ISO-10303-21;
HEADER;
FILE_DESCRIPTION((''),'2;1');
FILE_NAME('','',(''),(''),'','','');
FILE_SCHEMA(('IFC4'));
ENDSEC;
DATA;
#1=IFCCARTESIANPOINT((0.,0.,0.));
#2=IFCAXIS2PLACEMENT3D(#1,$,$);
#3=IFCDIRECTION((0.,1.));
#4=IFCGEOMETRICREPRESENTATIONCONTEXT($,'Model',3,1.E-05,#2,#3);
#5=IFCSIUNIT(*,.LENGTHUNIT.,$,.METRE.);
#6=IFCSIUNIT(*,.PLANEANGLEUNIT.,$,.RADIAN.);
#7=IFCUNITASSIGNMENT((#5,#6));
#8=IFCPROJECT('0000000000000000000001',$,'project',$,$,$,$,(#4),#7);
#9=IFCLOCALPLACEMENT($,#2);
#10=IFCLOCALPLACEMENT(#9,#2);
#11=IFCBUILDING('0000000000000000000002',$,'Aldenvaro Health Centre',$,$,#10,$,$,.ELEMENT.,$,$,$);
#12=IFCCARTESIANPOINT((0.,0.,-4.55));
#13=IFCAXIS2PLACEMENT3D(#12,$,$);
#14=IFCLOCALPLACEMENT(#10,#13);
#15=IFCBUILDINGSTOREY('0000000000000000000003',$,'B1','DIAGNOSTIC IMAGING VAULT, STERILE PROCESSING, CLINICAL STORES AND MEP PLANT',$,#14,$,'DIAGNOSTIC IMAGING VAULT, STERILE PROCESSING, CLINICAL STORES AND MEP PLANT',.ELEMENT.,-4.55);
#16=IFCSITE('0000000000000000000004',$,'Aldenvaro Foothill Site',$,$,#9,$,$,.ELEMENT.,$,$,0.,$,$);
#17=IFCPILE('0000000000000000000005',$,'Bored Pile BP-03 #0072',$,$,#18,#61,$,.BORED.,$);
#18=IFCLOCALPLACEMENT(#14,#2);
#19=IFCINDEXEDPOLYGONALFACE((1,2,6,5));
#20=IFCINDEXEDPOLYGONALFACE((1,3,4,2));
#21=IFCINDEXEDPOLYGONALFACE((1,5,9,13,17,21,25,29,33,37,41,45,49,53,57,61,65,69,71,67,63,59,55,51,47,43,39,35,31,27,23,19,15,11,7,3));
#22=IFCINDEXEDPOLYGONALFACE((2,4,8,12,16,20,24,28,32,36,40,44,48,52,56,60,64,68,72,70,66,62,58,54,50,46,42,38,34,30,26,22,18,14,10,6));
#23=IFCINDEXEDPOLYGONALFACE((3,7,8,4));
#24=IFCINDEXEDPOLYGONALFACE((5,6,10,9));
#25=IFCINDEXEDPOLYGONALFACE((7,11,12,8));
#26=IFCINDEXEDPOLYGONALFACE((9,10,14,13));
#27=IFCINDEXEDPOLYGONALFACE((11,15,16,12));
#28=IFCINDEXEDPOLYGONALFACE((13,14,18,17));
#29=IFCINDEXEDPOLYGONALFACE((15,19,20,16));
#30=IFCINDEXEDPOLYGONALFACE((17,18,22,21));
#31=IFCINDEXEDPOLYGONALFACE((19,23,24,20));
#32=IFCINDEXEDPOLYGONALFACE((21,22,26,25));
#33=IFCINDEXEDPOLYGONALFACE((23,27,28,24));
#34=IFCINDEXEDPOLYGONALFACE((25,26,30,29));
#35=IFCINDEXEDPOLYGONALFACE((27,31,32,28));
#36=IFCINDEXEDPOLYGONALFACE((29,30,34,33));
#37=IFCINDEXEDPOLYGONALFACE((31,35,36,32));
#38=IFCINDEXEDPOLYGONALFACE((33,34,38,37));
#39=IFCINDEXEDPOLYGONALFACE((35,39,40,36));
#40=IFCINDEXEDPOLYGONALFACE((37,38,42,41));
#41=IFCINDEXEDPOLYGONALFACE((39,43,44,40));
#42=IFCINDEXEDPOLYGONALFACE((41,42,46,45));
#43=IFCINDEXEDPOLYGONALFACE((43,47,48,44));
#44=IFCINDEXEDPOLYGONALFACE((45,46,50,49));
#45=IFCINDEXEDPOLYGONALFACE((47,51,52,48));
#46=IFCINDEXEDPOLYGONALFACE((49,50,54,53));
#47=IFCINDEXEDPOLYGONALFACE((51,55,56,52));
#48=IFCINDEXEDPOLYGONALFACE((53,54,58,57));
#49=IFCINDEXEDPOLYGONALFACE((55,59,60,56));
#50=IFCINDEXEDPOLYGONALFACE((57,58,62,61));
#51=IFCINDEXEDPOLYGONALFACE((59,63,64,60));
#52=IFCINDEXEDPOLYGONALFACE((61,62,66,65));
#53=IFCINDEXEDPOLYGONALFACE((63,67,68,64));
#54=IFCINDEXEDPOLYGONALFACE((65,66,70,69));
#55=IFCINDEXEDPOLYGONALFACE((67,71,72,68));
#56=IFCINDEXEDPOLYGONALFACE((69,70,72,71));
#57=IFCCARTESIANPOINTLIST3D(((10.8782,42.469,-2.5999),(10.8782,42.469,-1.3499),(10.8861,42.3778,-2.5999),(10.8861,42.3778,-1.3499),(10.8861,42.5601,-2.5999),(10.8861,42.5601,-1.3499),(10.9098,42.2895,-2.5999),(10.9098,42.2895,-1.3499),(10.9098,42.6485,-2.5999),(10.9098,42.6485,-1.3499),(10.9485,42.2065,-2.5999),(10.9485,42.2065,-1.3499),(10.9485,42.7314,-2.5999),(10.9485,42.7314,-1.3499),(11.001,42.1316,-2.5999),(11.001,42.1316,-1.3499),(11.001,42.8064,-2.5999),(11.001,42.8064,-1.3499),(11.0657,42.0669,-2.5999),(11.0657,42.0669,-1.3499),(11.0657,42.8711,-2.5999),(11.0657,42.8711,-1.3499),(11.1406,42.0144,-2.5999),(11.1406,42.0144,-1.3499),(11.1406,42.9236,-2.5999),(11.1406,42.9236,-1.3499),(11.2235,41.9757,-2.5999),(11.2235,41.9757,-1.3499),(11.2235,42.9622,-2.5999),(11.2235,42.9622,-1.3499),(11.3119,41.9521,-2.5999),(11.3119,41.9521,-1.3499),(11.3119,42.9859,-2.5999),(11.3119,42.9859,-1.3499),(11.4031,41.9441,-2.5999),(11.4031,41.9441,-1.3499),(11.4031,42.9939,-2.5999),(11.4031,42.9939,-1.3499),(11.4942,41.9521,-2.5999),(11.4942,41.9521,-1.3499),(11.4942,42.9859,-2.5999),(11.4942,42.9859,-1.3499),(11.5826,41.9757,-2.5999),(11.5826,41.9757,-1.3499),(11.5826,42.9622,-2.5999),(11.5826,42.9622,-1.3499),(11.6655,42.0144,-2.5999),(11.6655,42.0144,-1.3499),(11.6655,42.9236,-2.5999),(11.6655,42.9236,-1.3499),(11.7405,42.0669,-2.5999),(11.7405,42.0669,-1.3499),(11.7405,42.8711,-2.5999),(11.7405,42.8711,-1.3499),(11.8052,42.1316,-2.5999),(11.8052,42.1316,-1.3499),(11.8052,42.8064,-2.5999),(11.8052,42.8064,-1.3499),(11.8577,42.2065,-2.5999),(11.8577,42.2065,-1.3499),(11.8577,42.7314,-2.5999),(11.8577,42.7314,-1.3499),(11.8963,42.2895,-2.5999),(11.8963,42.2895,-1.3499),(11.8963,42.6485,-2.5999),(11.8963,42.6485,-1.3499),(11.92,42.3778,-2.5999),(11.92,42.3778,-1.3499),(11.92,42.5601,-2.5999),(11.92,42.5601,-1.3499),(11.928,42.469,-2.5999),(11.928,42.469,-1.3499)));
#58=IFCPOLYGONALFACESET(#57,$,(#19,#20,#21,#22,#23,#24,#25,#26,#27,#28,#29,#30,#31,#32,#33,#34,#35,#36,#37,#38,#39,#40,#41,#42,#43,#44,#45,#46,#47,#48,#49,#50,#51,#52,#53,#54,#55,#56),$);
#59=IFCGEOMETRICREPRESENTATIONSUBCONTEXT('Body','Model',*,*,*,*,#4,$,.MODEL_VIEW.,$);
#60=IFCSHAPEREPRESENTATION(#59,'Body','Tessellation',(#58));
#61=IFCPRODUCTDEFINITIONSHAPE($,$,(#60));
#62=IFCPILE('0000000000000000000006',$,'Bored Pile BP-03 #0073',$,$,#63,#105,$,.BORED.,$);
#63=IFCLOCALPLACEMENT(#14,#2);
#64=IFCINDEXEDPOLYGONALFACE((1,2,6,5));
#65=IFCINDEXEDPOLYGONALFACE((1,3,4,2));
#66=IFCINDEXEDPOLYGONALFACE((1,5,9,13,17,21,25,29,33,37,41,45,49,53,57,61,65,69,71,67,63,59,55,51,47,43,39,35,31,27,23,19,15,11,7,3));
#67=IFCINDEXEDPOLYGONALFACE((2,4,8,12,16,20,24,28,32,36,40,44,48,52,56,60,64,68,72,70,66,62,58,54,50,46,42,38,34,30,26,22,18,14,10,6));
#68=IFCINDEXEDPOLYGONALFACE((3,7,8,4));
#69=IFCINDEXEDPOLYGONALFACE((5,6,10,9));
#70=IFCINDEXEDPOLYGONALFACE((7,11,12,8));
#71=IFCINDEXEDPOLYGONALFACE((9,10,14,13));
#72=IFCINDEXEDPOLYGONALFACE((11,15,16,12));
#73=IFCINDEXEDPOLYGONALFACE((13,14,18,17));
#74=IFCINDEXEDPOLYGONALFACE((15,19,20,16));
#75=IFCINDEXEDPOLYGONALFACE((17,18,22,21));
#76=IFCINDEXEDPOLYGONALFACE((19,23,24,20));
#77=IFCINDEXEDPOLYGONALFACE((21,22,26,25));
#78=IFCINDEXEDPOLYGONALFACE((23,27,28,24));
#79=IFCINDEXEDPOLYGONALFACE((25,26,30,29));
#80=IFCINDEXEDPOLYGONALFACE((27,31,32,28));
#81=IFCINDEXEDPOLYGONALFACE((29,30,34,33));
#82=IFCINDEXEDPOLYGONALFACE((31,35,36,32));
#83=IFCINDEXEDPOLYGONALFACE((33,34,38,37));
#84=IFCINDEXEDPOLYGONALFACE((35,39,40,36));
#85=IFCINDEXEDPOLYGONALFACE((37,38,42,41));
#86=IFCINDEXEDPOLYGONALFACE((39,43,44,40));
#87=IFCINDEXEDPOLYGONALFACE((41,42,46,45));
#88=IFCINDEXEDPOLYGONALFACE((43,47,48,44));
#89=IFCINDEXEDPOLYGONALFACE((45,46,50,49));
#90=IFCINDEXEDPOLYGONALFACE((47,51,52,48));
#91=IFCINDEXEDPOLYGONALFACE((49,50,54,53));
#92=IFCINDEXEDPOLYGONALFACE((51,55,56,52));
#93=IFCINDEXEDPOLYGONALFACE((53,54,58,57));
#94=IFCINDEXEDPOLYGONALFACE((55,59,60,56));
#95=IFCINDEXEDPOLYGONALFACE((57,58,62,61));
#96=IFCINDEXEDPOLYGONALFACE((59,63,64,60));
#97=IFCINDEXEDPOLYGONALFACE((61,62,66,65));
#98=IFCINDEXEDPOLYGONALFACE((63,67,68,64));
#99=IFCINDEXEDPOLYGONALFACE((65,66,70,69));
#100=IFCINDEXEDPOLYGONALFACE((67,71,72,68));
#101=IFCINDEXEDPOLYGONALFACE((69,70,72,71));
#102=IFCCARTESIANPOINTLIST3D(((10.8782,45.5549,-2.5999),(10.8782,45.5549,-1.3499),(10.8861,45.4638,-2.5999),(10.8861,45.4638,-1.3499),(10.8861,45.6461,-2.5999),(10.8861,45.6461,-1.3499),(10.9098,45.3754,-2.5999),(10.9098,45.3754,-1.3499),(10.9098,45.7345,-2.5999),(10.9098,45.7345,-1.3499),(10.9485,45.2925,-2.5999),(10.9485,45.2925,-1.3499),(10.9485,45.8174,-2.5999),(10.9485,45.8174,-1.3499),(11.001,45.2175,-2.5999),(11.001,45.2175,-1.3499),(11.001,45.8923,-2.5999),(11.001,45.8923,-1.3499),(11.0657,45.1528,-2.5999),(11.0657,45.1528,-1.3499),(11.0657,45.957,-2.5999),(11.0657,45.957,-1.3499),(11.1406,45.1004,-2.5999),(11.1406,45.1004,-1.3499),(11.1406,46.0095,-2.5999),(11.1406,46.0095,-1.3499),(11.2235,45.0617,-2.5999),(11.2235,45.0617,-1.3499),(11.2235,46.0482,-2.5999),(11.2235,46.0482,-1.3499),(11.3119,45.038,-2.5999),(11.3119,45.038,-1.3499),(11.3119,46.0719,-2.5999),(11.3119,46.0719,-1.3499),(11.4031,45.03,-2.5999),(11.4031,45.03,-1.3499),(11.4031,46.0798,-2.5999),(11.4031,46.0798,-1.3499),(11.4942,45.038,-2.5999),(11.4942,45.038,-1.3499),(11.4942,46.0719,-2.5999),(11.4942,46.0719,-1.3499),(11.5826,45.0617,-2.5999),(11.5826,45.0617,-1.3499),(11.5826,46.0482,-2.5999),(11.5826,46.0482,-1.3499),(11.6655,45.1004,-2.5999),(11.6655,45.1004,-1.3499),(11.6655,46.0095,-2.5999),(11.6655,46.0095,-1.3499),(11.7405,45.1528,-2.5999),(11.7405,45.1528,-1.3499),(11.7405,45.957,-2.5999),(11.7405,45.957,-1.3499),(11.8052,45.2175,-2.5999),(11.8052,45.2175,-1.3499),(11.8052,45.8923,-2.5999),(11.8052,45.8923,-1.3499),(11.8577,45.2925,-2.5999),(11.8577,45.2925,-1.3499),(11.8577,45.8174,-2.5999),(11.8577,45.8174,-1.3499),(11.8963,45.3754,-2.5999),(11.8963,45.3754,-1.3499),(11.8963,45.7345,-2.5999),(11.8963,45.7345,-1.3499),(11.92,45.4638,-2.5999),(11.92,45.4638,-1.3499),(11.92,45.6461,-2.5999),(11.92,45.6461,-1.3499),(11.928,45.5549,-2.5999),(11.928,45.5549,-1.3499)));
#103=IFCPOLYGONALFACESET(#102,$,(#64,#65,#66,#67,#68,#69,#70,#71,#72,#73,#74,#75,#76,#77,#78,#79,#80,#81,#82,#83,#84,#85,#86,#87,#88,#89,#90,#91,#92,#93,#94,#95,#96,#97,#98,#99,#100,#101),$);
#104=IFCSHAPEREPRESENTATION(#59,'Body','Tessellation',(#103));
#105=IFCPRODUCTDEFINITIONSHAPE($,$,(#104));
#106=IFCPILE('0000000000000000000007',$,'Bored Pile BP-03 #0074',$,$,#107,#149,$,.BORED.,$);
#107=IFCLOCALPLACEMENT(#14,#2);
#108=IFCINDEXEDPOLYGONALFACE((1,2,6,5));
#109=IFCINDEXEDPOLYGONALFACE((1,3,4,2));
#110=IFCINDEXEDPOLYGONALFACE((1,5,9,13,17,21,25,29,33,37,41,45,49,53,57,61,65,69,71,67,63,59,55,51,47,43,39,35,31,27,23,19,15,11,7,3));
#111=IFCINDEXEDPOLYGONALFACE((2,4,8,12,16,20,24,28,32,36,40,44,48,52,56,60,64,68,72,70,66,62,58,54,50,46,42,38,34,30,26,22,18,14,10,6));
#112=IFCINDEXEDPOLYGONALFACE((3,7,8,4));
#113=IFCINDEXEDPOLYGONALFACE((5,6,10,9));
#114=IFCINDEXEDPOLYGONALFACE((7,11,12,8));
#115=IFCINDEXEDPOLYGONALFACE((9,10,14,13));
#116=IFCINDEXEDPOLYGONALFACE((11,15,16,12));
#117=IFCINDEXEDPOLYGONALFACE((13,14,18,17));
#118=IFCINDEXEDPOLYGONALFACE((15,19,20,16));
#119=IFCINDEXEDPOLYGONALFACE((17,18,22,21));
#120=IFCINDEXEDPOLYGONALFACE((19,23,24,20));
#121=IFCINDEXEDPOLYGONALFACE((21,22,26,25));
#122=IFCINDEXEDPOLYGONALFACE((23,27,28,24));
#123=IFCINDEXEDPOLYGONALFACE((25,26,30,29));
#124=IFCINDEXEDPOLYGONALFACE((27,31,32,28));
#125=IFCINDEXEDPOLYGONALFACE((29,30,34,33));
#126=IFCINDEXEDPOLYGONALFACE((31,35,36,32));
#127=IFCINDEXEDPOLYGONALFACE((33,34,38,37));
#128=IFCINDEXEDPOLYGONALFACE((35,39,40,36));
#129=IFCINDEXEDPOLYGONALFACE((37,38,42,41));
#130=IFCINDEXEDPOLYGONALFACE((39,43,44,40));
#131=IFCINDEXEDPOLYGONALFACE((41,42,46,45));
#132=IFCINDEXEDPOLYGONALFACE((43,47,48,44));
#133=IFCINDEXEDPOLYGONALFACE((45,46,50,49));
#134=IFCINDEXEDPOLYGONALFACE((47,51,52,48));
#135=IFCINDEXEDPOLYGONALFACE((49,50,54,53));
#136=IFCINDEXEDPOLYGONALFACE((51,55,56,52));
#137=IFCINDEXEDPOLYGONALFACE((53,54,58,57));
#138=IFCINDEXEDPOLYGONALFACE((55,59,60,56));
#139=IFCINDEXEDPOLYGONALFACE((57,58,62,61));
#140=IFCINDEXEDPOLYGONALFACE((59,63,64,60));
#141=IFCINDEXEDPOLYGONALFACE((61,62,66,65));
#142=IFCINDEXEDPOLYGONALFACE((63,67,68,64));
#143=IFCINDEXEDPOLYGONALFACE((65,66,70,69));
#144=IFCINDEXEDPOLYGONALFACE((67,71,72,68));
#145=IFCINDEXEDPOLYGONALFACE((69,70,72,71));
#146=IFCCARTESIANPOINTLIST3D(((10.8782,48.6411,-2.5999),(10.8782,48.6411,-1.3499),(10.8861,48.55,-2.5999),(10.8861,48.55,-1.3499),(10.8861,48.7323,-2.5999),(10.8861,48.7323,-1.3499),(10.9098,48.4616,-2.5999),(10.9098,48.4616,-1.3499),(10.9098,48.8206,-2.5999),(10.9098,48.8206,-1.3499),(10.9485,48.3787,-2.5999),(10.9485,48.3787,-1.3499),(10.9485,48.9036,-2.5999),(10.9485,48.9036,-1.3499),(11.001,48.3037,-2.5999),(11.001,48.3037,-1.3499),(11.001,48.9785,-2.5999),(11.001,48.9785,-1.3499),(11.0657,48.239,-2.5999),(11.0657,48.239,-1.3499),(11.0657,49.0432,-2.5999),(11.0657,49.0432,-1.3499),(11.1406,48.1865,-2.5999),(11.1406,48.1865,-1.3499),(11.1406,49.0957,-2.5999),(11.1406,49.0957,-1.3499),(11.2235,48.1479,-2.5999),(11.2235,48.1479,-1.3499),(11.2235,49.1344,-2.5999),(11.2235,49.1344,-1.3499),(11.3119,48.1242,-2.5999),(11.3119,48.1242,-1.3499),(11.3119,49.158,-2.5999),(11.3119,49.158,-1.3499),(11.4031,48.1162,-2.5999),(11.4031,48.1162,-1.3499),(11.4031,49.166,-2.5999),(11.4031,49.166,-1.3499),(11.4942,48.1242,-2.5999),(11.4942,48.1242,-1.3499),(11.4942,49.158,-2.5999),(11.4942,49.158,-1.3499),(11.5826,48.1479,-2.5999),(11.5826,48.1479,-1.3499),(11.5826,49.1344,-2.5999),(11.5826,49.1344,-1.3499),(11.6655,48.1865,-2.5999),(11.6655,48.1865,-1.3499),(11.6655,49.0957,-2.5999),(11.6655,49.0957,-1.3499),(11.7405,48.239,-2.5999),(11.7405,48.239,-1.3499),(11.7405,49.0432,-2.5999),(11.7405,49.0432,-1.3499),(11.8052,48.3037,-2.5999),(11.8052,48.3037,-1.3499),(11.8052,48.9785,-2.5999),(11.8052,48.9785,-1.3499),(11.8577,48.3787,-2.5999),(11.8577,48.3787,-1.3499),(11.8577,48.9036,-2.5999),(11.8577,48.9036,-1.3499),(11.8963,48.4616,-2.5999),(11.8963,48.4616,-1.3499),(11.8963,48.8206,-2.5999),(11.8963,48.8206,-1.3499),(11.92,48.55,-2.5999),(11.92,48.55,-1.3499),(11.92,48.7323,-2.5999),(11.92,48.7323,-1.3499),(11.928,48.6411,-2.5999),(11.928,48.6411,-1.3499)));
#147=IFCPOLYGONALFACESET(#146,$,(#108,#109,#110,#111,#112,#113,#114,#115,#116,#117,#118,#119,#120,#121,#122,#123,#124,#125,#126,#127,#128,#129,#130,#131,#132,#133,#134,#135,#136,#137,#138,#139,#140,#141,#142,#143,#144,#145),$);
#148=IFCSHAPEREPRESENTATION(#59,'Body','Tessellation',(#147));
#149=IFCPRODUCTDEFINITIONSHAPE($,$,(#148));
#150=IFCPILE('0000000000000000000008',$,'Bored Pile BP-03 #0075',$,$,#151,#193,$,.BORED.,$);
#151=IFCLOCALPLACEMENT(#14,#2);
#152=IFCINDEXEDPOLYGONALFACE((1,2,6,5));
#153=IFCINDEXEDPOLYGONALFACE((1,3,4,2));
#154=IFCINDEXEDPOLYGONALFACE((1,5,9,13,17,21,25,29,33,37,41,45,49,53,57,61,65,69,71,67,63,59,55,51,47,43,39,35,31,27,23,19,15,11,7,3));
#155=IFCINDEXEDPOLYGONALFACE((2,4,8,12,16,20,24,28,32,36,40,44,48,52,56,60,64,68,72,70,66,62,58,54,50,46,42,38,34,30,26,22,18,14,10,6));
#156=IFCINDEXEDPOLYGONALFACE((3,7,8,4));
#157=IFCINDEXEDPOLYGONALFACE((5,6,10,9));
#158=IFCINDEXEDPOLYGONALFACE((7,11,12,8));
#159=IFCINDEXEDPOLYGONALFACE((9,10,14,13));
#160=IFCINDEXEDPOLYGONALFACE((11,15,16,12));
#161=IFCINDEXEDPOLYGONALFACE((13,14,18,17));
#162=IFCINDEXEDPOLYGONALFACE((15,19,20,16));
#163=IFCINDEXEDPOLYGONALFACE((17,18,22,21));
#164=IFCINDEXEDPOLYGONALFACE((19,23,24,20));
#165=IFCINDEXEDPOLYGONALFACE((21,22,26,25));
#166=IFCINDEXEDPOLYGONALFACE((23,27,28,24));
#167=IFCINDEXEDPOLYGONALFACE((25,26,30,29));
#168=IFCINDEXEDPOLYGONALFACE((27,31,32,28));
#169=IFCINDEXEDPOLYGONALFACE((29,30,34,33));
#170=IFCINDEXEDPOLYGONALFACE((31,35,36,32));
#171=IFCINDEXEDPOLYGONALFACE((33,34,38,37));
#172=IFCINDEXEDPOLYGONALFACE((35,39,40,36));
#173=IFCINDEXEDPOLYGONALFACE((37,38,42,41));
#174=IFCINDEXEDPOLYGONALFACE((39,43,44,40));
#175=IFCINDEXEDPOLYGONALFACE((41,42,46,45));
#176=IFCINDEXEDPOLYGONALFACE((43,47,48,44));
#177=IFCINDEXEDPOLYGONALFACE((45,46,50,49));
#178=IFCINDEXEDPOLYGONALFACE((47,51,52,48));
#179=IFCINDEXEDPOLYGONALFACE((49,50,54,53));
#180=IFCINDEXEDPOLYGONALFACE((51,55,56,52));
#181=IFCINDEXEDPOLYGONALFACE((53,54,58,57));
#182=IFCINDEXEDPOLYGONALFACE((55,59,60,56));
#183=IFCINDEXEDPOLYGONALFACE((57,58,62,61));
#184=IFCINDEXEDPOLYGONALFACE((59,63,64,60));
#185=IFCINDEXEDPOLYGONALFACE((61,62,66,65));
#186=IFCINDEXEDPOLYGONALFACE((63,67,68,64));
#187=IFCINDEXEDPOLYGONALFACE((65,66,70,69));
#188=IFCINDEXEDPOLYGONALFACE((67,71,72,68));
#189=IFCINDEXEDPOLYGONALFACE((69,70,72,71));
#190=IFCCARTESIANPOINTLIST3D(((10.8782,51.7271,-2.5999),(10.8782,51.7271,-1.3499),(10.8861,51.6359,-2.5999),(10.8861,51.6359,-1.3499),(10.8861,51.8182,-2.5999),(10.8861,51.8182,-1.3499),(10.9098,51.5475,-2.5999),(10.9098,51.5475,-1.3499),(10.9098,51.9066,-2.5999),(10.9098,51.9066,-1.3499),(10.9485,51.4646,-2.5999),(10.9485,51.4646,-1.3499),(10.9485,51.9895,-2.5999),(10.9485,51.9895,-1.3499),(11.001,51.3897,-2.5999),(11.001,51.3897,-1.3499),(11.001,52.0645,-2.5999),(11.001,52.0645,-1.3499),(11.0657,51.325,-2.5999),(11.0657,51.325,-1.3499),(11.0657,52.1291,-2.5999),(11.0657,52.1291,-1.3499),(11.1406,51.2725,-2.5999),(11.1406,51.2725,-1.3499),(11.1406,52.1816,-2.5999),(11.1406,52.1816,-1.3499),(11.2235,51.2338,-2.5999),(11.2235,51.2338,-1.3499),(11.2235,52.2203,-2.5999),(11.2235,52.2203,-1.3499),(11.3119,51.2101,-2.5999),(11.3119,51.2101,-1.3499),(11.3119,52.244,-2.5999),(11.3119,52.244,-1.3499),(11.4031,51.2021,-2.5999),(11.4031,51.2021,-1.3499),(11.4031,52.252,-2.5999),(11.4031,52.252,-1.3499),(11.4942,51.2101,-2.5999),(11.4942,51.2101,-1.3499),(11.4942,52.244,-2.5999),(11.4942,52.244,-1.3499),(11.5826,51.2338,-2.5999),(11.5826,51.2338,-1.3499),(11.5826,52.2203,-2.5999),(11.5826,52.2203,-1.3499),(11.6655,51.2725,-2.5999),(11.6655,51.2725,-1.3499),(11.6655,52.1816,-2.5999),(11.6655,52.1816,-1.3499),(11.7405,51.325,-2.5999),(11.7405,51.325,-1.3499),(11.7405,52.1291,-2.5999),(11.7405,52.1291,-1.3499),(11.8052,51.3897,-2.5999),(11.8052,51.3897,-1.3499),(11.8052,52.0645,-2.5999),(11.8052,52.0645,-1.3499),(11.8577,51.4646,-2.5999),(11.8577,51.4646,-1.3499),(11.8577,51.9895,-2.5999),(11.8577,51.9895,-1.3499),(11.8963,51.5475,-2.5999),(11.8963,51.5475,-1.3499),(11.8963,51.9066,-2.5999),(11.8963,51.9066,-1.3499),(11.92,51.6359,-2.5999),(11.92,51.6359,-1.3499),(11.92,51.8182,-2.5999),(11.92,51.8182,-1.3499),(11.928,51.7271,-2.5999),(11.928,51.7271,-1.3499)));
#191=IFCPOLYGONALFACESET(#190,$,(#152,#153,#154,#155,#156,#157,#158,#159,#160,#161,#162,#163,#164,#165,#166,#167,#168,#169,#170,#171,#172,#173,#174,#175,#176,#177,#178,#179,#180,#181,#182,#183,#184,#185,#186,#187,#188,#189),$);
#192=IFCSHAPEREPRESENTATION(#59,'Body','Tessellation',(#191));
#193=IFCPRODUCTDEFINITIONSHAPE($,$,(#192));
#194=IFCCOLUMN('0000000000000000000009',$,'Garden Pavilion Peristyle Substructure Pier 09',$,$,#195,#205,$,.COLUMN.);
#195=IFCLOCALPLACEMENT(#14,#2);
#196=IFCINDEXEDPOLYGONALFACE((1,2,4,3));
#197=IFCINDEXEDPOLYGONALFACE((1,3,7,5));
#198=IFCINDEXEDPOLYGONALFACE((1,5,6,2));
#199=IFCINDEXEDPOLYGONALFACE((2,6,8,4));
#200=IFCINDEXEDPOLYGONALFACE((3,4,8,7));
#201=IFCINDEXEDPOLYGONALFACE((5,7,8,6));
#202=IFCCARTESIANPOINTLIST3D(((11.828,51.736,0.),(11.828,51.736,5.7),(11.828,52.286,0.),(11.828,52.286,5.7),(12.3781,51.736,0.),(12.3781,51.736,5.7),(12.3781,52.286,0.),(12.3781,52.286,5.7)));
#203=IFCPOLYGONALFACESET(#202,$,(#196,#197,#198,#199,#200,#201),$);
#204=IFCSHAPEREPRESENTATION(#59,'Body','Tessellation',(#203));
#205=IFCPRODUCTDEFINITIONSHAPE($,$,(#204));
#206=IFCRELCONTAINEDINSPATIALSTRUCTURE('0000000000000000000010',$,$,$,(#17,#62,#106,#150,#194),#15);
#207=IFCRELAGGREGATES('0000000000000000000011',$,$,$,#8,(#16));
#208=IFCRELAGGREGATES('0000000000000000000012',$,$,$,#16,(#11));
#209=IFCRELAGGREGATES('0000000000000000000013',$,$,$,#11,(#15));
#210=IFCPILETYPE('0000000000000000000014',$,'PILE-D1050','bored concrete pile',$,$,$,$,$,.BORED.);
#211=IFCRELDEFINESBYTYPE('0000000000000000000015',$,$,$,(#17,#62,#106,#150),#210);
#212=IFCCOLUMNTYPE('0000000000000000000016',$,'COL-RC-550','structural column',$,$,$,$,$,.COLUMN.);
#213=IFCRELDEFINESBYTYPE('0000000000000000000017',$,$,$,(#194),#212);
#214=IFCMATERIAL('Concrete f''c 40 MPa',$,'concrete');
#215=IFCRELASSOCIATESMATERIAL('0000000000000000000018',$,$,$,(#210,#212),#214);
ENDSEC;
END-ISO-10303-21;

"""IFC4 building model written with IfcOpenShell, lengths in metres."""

from ifc_helpers import new_model, si_unit, direction, frame, origin, origin_2d, place, context, subcontext, project, spatial, rectangle, circle, extrude, material, material_profile, profile_set, type_object, element, save


model = new_model("IFC4")

# Units and contexts
model_context = context("Model", 3, precision=1e-05, world=origin(), true_north=direction((0.0, 1.0)))
body_context = subcontext(model_context, "Body", "Model", "MODEL_VIEW")
ifc_project = project(units=[si_unit("LENGTHUNIT", "METRE"), si_unit("PLANEANGLEUNIT", "RADIAN")], contexts=[model_context])

# Site, building, storey
site_placement = place(None, origin())
site = spatial("IfcSite", under=ifc_project, at=site_placement, Name="Aldenvaro Foothill Site", CompositionType="ELEMENT", RefElevation=0.0)
building_placement = place(site_placement, origin())
building = spatial("IfcBuilding", under=site, at=building_placement, Name="Aldenvaro Health Centre", CompositionType="ELEMENT")
storey_placement = place(building_placement, frame((0.0, 0.0, -4.55)))
storey = spatial("IfcBuildingStorey", under=building, at=storey_placement, Name="B1", Description="DIAGNOSTIC IMAGING VAULT, STERILE PROCESSING, CLINICAL STORES AND MEP PLANT", LongName="DIAGNOSTIC IMAGING VAULT, STERILE PROCESSING, CLINICAL STORES AND MEP PLANT", CompositionType="ELEMENT", Elevation=-4.55)

# Piles
ifc_material_1 = material(Name="Concrete f'c 40 MPa", Category="concrete")
ifc_material_profile_1 = material_profile(ifc_material_1, circle(Radius=0.5249, at=origin_2d()), Name="PILE D1050", Category="concrete")
ifc_profile_set_1 = profile_set([ifc_material_profile_1], Name="Concrete f'c 40 MPa")
pile_type = type_object("IfcPileType", Name="PILE-D1050", Description="bored concrete pile", PredefinedType="BORED", material=ifc_profile_set_1)
for number, where, z_axis, x_axis, name in (
    (1, (11.4031, 42.469, -1.3499), (0.0, 0.0, -1.0), (1.0, 0.0, 0.0), "Bored Pile BP-03 #0072"),
    (2, (11.4031, 45.5549, -1.3499), (0.0, 0.0, -1.0), (1.0, 0.0, 0.0), "Bored Pile BP-03 #0073"),
    (3, (11.4031, 48.6411, -1.3499), (0.0, 0.0, -1.0), (1.0, 0.0, 0.0), "Bored Pile BP-03 #0074"),
    (4, (11.4031, 51.7271, -1.3499), (0.0, 0.0, -1.0), (1.0, 0.0, 0.0), "Bored Pile BP-03 #0075"),
):
    element("IfcPile", number, at=place(storey_placement, frame(where, z_axis=z_axis, x_axis=x_axis)), inside=storey, type_object=pile_type, Name=name, PredefinedType="BORED", context=body_context, shape_type="SweptSolid", body=[
        extrude(circle(Radius=0.5249, at=origin_2d()), origin(), (0.0, 0.0, 1.0), 1.25),
    ])

# Column
ifc_material_profile_2 = material_profile(ifc_material_1, rectangle(XDim=0.55, YDim=0.55, at=origin_2d()), Name="RC 550x550", Category="concrete")
ifc_profile_set_2 = profile_set([ifc_material_profile_2], Name="Concrete f'c 40 MPa")
column_type = type_object("IfcColumnType", Name="COL-RC-550", Description="structural column", PredefinedType="COLUMN", material=ifc_profile_set_2)
column_placement = place(storey_placement, frame((12.103, 52.011, 0.0), z_axis=(0.0, 0.0, 1.0), x_axis=(1.0, 0.0, 0.0)))
element("IfcColumn", 5, at=column_placement, inside=storey, type_object=column_type, Name="Garden Pavilion Peristyle Substructure Pier 09", PredefinedType="COLUMN", context=body_context, shape_type="SweptSolid", body=[
    extrude(rectangle(XDim=0.55, YDim=0.55, at=origin_2d()), origin(), (0.0, 0.0, 1.0), 5.7),
])

save(model, "model.ifc")
